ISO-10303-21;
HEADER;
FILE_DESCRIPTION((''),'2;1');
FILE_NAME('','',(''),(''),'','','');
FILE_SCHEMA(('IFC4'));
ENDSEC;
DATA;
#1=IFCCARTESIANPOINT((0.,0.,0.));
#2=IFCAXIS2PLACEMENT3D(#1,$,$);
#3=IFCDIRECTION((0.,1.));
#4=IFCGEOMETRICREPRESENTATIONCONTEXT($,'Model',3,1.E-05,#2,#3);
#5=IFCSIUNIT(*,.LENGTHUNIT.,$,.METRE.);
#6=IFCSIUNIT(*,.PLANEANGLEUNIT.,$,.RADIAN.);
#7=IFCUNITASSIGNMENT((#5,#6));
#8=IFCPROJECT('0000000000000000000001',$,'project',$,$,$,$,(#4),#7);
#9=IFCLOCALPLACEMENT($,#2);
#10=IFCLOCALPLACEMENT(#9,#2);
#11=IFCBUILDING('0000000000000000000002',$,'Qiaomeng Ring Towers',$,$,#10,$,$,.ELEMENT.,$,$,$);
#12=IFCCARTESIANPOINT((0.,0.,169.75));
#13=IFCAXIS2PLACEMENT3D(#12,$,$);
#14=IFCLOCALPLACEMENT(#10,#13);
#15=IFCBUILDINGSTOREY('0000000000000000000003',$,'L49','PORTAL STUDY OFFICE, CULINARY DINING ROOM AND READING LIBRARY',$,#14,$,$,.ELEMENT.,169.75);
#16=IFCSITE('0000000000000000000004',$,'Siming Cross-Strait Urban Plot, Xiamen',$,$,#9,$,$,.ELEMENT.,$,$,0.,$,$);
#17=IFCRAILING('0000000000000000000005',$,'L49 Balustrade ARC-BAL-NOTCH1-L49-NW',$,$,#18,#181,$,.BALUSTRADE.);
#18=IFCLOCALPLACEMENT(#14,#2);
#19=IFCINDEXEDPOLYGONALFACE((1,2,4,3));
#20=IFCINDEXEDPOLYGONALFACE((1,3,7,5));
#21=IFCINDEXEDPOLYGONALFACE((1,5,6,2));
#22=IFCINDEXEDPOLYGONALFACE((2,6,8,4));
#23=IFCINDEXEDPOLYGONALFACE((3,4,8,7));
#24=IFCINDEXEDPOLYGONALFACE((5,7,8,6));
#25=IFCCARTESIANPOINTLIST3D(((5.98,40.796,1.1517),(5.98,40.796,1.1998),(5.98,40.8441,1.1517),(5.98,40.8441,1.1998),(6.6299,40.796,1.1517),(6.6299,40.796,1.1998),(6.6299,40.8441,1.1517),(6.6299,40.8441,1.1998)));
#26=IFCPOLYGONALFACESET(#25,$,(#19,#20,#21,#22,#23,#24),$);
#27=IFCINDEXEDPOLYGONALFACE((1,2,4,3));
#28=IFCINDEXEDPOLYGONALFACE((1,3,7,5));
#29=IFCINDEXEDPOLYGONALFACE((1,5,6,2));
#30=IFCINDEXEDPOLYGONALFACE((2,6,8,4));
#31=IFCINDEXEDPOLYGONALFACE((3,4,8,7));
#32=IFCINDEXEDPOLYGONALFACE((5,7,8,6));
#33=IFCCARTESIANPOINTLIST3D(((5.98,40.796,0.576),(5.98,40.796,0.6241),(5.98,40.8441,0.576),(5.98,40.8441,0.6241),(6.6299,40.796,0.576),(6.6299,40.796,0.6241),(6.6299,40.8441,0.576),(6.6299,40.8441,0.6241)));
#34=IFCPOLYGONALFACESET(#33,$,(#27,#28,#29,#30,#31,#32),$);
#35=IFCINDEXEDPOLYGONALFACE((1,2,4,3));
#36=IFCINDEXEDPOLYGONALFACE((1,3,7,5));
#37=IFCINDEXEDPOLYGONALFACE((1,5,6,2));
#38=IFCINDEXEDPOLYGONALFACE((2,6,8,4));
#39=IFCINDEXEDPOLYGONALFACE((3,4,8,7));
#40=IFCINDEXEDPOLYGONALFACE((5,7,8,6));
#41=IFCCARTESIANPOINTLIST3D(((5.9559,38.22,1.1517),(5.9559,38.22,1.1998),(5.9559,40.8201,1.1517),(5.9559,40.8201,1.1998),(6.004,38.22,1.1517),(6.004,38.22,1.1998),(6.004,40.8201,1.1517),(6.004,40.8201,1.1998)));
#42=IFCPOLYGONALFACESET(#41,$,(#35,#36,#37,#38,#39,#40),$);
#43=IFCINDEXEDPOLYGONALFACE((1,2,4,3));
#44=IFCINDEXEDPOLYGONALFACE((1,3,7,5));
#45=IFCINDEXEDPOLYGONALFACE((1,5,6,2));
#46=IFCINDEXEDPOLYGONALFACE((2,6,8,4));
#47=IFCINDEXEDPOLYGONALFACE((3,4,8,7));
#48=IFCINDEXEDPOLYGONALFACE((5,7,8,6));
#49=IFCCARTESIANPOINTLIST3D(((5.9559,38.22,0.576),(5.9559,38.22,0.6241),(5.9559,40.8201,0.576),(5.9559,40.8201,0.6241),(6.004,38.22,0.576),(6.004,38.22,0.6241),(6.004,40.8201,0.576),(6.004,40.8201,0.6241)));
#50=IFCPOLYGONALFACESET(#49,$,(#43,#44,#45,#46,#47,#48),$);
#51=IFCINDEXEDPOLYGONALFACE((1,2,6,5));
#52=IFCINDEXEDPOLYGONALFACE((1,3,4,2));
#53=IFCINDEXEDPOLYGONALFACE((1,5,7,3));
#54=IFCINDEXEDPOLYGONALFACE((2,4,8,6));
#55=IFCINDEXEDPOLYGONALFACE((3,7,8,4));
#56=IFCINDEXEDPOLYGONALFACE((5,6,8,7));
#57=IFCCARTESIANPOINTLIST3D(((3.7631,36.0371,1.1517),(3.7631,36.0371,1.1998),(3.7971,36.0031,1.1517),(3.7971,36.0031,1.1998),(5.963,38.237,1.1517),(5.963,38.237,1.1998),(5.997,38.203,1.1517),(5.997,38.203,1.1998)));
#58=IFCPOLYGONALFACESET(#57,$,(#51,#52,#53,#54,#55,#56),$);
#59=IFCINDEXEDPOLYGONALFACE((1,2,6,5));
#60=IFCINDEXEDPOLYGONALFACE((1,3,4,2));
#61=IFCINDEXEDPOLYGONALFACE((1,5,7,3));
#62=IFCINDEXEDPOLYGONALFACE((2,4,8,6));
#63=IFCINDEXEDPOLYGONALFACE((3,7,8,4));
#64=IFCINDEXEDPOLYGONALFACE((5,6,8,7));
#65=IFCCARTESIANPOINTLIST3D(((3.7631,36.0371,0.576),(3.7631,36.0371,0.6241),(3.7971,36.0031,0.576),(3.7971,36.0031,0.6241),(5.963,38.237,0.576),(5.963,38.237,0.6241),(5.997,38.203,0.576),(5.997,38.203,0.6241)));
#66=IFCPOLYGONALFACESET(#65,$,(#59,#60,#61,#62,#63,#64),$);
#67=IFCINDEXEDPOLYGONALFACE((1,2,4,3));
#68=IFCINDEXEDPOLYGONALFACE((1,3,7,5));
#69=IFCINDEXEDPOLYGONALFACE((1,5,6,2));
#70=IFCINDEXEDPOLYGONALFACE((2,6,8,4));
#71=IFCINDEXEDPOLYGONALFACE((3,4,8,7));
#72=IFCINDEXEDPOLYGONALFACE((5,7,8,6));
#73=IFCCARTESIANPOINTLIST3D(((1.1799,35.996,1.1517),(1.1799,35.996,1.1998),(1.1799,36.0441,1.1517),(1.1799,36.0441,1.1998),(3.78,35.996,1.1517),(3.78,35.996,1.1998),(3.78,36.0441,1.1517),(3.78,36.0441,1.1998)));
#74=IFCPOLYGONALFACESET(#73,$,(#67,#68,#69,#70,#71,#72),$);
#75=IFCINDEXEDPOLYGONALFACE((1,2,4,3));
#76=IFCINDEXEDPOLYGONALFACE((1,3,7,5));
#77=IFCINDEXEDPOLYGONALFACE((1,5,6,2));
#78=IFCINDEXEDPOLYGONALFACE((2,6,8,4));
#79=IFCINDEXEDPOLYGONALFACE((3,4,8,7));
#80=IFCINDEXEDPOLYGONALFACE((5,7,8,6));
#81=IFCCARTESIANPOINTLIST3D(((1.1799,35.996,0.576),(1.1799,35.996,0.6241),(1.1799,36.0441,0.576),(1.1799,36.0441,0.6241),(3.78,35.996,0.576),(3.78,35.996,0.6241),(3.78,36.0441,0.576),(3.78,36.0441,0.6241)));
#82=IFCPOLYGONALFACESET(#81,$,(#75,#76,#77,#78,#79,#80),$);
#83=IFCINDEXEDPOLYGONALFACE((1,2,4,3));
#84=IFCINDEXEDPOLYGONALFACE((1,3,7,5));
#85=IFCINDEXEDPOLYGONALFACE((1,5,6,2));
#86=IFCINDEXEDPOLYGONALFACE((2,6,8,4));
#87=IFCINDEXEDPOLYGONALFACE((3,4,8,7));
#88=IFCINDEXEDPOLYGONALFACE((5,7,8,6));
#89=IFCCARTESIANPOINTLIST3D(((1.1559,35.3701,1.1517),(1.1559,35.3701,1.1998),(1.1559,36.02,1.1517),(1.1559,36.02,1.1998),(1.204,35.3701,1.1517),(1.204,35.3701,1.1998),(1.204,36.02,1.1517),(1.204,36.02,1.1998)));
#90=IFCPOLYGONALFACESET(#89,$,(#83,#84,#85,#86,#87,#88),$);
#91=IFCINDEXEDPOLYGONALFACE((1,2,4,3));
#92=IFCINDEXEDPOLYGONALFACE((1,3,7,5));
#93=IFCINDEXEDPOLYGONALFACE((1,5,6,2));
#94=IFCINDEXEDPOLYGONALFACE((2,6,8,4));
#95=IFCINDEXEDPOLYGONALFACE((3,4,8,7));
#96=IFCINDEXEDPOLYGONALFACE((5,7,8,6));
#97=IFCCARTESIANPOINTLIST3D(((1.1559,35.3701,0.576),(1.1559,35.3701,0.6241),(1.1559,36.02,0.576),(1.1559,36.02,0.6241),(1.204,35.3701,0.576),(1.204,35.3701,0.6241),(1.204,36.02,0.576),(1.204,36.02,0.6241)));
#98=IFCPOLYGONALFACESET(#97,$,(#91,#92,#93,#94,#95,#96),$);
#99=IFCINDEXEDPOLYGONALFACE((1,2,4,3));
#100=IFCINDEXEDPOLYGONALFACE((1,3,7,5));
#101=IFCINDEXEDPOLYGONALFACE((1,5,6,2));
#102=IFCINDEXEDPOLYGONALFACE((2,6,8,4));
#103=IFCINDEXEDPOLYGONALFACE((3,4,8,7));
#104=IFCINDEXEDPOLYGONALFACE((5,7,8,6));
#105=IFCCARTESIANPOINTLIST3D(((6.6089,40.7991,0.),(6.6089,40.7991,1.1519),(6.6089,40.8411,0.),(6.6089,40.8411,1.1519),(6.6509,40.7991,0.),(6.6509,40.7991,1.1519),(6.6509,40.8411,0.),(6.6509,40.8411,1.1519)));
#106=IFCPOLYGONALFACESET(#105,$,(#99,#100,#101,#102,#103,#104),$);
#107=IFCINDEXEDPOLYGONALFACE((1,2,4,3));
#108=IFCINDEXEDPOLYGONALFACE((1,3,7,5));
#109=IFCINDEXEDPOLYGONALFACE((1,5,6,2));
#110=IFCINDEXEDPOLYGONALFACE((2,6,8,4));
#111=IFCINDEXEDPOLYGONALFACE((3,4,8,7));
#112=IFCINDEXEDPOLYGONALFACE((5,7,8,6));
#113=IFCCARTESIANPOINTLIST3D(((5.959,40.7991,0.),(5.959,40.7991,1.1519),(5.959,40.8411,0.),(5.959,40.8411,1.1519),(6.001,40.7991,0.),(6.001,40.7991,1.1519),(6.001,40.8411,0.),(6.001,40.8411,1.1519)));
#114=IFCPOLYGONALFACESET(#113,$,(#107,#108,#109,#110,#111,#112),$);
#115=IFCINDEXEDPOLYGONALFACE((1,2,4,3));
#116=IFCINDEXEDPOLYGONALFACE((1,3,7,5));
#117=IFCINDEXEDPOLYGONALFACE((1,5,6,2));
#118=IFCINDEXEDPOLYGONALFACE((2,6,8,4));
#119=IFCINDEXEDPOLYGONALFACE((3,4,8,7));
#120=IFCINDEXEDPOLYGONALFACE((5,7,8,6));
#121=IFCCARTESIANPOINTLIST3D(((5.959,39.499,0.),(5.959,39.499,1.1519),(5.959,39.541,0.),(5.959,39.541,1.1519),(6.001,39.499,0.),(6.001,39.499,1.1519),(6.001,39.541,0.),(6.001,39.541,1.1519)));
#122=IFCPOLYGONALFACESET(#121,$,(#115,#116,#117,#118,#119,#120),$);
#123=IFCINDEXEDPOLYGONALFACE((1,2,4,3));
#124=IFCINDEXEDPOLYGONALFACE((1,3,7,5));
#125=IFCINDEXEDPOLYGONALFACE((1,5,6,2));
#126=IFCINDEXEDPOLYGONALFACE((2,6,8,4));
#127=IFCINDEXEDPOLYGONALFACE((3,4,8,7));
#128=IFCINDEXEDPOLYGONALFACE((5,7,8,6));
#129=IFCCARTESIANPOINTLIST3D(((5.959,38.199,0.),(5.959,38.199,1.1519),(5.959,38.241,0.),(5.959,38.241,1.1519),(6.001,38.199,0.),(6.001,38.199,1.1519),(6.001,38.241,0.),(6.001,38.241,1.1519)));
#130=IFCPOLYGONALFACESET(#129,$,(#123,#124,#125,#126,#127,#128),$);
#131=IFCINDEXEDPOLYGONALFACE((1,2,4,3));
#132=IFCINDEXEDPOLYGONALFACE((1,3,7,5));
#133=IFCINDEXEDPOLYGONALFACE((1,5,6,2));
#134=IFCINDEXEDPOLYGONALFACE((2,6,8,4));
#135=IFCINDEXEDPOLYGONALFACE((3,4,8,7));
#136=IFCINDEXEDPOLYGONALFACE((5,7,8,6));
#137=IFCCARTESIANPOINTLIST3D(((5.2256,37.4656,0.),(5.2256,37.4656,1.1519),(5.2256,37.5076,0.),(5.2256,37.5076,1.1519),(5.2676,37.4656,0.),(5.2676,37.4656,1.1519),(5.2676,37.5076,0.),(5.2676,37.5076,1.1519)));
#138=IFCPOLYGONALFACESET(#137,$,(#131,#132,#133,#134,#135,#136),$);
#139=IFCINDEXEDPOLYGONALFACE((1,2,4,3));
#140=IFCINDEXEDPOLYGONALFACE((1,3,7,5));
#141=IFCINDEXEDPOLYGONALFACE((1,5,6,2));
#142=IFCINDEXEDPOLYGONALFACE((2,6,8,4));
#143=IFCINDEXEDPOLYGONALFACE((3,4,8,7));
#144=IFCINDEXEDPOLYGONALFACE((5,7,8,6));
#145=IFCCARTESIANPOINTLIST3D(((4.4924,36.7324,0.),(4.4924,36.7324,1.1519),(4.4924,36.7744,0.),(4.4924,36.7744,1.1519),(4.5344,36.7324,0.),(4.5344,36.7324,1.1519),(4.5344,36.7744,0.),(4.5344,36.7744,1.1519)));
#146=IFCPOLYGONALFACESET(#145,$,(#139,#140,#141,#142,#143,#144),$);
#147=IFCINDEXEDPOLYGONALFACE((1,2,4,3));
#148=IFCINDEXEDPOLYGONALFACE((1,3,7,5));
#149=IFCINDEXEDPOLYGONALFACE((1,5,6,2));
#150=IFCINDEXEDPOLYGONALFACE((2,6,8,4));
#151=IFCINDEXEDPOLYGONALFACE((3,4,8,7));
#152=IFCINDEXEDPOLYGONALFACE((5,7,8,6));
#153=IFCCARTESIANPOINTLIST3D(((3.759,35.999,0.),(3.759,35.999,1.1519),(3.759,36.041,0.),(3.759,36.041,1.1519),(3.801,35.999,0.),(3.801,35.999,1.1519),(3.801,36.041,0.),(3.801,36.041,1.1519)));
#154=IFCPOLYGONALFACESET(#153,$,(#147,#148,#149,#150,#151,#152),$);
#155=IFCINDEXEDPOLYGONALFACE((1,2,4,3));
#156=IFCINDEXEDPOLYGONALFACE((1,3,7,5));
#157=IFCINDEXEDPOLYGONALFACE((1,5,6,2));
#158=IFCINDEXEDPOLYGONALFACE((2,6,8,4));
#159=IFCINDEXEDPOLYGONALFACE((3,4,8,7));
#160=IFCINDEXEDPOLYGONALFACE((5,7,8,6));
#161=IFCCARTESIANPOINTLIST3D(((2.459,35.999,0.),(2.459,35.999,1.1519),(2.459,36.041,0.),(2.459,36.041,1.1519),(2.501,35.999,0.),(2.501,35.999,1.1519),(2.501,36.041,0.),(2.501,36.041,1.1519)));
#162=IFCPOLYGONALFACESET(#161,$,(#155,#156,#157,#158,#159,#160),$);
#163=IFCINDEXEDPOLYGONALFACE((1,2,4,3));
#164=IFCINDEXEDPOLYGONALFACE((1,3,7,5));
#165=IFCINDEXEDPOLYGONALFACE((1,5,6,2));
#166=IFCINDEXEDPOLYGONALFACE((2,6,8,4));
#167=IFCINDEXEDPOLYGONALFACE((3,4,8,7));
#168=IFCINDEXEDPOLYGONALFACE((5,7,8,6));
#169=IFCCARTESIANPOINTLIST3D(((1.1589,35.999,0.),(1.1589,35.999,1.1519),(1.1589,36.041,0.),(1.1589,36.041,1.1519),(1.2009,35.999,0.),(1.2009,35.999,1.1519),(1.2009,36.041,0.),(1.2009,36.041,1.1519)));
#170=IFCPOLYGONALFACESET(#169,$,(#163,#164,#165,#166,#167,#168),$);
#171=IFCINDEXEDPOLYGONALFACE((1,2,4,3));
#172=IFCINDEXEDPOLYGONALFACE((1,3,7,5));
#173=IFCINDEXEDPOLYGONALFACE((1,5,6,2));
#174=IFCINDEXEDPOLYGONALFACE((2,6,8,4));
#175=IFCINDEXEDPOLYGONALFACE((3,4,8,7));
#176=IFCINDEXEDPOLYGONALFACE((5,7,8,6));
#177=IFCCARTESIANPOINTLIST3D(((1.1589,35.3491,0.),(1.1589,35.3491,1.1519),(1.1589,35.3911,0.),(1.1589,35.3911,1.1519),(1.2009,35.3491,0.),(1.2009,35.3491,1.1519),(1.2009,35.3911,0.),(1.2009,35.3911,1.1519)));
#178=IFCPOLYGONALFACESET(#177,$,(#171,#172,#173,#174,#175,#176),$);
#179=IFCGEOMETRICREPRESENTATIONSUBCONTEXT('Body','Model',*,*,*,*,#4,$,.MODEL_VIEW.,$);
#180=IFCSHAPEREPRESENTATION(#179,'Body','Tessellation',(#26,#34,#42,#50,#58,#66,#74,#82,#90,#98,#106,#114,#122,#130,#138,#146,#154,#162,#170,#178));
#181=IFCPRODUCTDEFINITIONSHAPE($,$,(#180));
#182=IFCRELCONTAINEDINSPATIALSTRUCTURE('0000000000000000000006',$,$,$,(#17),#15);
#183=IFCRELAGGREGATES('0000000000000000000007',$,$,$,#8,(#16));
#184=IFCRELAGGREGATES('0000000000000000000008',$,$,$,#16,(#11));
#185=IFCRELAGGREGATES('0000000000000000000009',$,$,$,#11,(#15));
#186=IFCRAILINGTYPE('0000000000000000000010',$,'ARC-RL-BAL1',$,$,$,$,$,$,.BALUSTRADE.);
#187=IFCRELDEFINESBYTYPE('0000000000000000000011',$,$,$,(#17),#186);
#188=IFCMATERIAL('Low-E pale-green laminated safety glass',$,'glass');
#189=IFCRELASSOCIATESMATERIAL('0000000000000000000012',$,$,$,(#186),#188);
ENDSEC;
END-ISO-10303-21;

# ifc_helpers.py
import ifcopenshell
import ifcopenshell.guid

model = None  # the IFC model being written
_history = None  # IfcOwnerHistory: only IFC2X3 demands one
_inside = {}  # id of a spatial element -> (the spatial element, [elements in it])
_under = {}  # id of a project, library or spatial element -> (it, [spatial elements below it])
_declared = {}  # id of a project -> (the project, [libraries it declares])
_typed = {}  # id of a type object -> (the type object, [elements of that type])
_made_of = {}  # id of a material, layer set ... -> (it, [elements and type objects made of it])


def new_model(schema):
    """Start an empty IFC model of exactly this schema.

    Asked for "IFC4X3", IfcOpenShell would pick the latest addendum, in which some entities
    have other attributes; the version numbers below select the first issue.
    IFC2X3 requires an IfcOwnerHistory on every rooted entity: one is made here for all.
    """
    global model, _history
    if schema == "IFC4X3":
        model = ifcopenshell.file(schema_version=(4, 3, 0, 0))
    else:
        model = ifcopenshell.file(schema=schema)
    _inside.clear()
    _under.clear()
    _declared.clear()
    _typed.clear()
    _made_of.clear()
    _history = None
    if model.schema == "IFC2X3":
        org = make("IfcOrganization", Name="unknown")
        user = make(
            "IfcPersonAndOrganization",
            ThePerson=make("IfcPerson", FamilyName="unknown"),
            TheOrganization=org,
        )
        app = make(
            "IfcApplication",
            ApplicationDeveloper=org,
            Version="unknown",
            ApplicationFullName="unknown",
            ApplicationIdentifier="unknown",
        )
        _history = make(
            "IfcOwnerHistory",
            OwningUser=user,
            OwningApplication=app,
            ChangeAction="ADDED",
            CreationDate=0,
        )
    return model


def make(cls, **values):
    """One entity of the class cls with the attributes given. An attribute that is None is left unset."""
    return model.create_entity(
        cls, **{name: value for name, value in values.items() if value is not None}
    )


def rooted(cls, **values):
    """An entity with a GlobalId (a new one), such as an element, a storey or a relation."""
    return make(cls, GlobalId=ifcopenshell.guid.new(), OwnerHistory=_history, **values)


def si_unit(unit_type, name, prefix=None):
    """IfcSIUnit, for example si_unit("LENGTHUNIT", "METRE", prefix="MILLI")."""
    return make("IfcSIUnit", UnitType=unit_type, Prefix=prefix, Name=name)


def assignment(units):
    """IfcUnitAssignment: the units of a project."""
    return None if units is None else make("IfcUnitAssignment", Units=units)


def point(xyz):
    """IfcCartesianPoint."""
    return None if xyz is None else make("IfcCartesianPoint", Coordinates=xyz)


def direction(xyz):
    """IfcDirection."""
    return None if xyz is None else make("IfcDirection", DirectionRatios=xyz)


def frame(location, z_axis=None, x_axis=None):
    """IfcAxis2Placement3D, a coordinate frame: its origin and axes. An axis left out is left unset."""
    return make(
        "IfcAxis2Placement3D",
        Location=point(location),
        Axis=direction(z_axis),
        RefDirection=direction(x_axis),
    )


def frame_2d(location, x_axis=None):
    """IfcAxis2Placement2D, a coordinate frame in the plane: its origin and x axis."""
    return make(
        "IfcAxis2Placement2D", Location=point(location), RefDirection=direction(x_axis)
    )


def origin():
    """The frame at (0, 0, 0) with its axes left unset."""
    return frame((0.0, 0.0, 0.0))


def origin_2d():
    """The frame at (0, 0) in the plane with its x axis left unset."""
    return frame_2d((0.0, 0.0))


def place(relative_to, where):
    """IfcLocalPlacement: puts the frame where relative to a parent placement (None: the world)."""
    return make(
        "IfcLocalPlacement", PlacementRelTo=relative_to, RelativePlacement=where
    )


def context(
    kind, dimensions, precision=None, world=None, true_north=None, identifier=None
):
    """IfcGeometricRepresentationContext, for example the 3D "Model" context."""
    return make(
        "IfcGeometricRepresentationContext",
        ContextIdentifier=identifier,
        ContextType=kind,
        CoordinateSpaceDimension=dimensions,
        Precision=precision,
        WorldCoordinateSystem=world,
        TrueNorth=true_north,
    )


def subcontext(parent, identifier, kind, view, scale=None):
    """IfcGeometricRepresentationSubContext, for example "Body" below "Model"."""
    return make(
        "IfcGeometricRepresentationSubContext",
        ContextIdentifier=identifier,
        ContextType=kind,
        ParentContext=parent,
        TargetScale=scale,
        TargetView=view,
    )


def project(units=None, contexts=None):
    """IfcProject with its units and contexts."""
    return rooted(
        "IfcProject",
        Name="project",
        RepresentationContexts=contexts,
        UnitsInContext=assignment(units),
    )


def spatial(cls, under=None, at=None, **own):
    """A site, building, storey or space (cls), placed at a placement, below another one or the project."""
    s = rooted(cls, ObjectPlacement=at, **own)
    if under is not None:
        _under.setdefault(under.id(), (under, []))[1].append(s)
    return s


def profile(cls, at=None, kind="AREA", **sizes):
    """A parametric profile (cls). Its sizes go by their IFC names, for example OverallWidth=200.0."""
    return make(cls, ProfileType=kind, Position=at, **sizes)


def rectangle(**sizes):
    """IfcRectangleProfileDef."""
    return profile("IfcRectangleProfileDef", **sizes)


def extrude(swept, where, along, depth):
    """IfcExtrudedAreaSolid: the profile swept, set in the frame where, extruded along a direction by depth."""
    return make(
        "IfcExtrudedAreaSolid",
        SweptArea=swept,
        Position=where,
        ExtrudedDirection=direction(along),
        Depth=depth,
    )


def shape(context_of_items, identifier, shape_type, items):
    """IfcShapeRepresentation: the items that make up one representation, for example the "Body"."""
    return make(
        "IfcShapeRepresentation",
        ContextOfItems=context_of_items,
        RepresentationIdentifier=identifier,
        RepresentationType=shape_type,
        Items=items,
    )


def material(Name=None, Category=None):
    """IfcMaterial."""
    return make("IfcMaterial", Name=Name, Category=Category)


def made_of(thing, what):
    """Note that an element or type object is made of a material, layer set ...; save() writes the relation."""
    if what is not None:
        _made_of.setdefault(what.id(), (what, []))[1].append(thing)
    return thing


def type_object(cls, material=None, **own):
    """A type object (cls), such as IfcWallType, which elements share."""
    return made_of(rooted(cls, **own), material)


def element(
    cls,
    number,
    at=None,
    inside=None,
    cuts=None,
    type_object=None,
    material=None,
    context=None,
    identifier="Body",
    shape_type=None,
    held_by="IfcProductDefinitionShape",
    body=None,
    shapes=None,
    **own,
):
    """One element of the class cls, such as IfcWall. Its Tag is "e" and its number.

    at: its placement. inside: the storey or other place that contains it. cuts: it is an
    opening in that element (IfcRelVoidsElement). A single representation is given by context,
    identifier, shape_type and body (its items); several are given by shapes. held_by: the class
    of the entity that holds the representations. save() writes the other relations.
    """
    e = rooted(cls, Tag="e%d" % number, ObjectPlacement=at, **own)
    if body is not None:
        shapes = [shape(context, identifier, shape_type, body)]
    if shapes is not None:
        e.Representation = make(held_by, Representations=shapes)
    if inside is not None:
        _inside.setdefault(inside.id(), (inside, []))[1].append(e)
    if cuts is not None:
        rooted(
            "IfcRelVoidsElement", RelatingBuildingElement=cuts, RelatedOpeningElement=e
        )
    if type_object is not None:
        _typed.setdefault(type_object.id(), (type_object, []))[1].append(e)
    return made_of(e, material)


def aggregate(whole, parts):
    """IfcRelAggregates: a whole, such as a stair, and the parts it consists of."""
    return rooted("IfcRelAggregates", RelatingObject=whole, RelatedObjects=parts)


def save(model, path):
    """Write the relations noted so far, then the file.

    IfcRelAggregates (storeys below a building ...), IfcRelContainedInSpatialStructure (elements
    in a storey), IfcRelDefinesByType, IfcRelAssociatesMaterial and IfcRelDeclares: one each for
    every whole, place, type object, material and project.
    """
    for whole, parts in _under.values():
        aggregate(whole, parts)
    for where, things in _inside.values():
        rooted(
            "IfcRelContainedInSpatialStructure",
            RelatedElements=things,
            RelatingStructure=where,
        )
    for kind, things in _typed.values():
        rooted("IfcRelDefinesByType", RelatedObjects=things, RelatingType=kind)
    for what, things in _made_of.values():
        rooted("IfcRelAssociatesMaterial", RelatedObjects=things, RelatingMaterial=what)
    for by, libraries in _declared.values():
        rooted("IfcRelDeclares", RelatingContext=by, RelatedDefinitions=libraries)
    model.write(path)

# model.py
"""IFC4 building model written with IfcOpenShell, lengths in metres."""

from ifc_helpers import new_model, si_unit, direction, frame, origin, origin_2d, place, context, subcontext, project, spatial, rectangle, extrude, material, type_object, element, save


model = new_model("IFC4")

# Units and contexts
model_context = context("Model", 3, precision=1e-05, world=origin(), true_north=direction((0.0, 1.0)))
body_context = subcontext(model_context, "Body", "Model", "MODEL_VIEW")
ifc_project = project(units=[si_unit("LENGTHUNIT", "METRE"), si_unit("PLANEANGLEUNIT", "RADIAN")], contexts=[model_context])

# Site, building, storey
site_placement = place(None, origin())
site = spatial("IfcSite", under=ifc_project, at=site_placement, Name="Siming Cross-Strait Urban Plot, Xiamen", CompositionType="ELEMENT", RefElevation=0.0)
building_placement = place(site_placement, origin())
building = spatial("IfcBuilding", under=site, at=building_placement, Name="Qiaomeng Ring Towers", CompositionType="ELEMENT")
storey_placement = place(building_placement, frame((0.0, 0.0, 169.75)))
storey = spatial("IfcBuildingStorey", under=building, at=storey_placement, Name="L49", Description="PORTAL STUDY OFFICE, CULINARY DINING ROOM AND READING LIBRARY", CompositionType="ELEMENT", Elevation=169.75)

# Railing
ifc_material_1 = material(Name="Low-E pale-green laminated safety glass", Category="glass")
railing_type = type_object("IfcRailingType", Name="ARC-RL-BAL1", PredefinedType="BALUSTRADE", material=ifc_material_1)
railing_placement = place(storey_placement, frame((6.6299, 40.8201, 0.0)))
element("IfcRailing", 1, at=railing_placement, inside=storey, type_object=railing_type, Name="L49 Balustrade ARC-BAL-NOTCH1-L49-NW", PredefinedType="BALUSTRADE", context=body_context, shape_type="SweptSolid", body=[
    extrude(rectangle(XDim=0.0481, YDim=0.0481, at=origin_2d()), frame((0.0, 0.0, 1.1758), z_axis=(-1.0, 0.0, 0.0), x_axis=(0.0, -1.0, 0.0)), (0.0, 0.0, 1.0), 0.6499),
    extrude(rectangle(XDim=0.0481, YDim=0.0481, at=origin_2d()), frame((0.0, 0.0, 0.6001), z_axis=(-1.0, 0.0, 0.0), x_axis=(0.0, -1.0, 0.0)), (0.0, 0.0, 1.0), 0.6499),
    extrude(rectangle(XDim=0.0481, YDim=0.0481, at=origin_2d()), frame((-0.6499, 0.0, 1.1758), z_axis=(0.0, -1.0, 0.0), x_axis=(1.0, 0.0, 0.0)), (0.0, 0.0, 1.0), 2.6001),
    extrude(rectangle(XDim=0.0481, YDim=0.0481, at=origin_2d()), frame((-0.6499, 0.0, 0.6001), z_axis=(0.0, -1.0, 0.0), x_axis=(1.0, 0.0, 0.0)), (0.0, 0.0, 1.0), 2.6001),
    extrude(rectangle(XDim=0.0481, YDim=0.0481, at=origin_2d()), frame((-0.6499, -2.6001, 1.1758), z_axis=(-0.707107, -0.707107, 0.0), x_axis=(0.707107, -0.707107, 0.0)), (0.0, 0.0, 1.0), 3.1111),
    extrude(rectangle(XDim=0.0481, YDim=0.0481, at=origin_2d()), frame((-0.6499, -2.6001, 0.6001), z_axis=(-0.707107, -0.707107, 0.0), x_axis=(0.707107, -0.707107, 0.0)), (0.0, 0.0, 1.0), 3.1111),
    extrude(rectangle(XDim=0.0481, YDim=0.0481, at=origin_2d()), frame((-2.8499, -4.8, 1.1758), z_axis=(-1.0, 0.0, 0.0), x_axis=(0.0, -1.0, 0.0)), (0.0, 0.0, 1.0), 2.6001),
    extrude(rectangle(XDim=0.0481, YDim=0.0481, at=origin_2d()), frame((-2.8499, -4.8, 0.6001), z_axis=(-1.0, 0.0, 0.0), x_axis=(0.0, -1.0, 0.0)), (0.0, 0.0, 1.0), 2.6001),
    extrude(rectangle(XDim=0.0481, YDim=0.0481, at=origin_2d()), frame((-5.45, -4.8, 1.1758), z_axis=(0.0, -1.0, 0.0), x_axis=(1.0, 0.0, 0.0)), (0.0, 0.0, 1.0), 0.6499),
    extrude(rectangle(XDim=0.0481, YDim=0.0481, at=origin_2d()), frame((-5.45, -4.8, 0.6001), z_axis=(0.0, -1.0, 0.0), x_axis=(1.0, 0.0, 0.0)), (0.0, 0.0, 1.0), 0.6499),
    extrude(rectangle(XDim=0.042, YDim=0.042, at=origin_2d()), origin(), (0.0, 0.0, 1.0), 1.1519),
    extrude(rectangle(XDim=0.042, YDim=0.042, at=origin_2d()), frame((-0.6499, 0.0, 0.0)), (0.0, 0.0, 1.0), 1.1519),
    extrude(rectangle(XDim=0.042, YDim=0.042, at=origin_2d()), frame((-0.6499, -1.3, 0.0)), (0.0, 0.0, 1.0), 1.1519),
    extrude(rectangle(XDim=0.042, YDim=0.042, at=origin_2d()), frame((-0.6499, -2.6001, 0.0)), (0.0, 0.0, 1.0), 1.1519),
    extrude(rectangle(XDim=0.042, YDim=0.042, at=origin_2d()), frame((-1.3833, -3.3335, 0.0)), (0.0, 0.0, 1.0), 1.1519),
    extrude(rectangle(XDim=0.042, YDim=0.042, at=origin_2d()), frame((-2.1165, -4.0667, 0.0)), (0.0, 0.0, 1.0), 1.1519),
    extrude(rectangle(XDim=0.042, YDim=0.042, at=origin_2d()), frame((-2.8499, -4.8, 0.0)), (0.0, 0.0, 1.0), 1.1519),
    extrude(rectangle(XDim=0.042, YDim=0.042, at=origin_2d()), frame((-4.1499, -4.8, 0.0)), (0.0, 0.0, 1.0), 1.1519),
    extrude(rectangle(XDim=0.042, YDim=0.042, at=origin_2d()), frame((-5.45, -4.8, 0.0)), (0.0, 0.0, 1.0), 1.1519),
    extrude(rectangle(XDim=0.042, YDim=0.042, at=origin_2d()), frame((-5.45, -5.45, 0.0)), (0.0, 0.0, 1.0), 1.1519),
])

save(model, "model.ifc")
